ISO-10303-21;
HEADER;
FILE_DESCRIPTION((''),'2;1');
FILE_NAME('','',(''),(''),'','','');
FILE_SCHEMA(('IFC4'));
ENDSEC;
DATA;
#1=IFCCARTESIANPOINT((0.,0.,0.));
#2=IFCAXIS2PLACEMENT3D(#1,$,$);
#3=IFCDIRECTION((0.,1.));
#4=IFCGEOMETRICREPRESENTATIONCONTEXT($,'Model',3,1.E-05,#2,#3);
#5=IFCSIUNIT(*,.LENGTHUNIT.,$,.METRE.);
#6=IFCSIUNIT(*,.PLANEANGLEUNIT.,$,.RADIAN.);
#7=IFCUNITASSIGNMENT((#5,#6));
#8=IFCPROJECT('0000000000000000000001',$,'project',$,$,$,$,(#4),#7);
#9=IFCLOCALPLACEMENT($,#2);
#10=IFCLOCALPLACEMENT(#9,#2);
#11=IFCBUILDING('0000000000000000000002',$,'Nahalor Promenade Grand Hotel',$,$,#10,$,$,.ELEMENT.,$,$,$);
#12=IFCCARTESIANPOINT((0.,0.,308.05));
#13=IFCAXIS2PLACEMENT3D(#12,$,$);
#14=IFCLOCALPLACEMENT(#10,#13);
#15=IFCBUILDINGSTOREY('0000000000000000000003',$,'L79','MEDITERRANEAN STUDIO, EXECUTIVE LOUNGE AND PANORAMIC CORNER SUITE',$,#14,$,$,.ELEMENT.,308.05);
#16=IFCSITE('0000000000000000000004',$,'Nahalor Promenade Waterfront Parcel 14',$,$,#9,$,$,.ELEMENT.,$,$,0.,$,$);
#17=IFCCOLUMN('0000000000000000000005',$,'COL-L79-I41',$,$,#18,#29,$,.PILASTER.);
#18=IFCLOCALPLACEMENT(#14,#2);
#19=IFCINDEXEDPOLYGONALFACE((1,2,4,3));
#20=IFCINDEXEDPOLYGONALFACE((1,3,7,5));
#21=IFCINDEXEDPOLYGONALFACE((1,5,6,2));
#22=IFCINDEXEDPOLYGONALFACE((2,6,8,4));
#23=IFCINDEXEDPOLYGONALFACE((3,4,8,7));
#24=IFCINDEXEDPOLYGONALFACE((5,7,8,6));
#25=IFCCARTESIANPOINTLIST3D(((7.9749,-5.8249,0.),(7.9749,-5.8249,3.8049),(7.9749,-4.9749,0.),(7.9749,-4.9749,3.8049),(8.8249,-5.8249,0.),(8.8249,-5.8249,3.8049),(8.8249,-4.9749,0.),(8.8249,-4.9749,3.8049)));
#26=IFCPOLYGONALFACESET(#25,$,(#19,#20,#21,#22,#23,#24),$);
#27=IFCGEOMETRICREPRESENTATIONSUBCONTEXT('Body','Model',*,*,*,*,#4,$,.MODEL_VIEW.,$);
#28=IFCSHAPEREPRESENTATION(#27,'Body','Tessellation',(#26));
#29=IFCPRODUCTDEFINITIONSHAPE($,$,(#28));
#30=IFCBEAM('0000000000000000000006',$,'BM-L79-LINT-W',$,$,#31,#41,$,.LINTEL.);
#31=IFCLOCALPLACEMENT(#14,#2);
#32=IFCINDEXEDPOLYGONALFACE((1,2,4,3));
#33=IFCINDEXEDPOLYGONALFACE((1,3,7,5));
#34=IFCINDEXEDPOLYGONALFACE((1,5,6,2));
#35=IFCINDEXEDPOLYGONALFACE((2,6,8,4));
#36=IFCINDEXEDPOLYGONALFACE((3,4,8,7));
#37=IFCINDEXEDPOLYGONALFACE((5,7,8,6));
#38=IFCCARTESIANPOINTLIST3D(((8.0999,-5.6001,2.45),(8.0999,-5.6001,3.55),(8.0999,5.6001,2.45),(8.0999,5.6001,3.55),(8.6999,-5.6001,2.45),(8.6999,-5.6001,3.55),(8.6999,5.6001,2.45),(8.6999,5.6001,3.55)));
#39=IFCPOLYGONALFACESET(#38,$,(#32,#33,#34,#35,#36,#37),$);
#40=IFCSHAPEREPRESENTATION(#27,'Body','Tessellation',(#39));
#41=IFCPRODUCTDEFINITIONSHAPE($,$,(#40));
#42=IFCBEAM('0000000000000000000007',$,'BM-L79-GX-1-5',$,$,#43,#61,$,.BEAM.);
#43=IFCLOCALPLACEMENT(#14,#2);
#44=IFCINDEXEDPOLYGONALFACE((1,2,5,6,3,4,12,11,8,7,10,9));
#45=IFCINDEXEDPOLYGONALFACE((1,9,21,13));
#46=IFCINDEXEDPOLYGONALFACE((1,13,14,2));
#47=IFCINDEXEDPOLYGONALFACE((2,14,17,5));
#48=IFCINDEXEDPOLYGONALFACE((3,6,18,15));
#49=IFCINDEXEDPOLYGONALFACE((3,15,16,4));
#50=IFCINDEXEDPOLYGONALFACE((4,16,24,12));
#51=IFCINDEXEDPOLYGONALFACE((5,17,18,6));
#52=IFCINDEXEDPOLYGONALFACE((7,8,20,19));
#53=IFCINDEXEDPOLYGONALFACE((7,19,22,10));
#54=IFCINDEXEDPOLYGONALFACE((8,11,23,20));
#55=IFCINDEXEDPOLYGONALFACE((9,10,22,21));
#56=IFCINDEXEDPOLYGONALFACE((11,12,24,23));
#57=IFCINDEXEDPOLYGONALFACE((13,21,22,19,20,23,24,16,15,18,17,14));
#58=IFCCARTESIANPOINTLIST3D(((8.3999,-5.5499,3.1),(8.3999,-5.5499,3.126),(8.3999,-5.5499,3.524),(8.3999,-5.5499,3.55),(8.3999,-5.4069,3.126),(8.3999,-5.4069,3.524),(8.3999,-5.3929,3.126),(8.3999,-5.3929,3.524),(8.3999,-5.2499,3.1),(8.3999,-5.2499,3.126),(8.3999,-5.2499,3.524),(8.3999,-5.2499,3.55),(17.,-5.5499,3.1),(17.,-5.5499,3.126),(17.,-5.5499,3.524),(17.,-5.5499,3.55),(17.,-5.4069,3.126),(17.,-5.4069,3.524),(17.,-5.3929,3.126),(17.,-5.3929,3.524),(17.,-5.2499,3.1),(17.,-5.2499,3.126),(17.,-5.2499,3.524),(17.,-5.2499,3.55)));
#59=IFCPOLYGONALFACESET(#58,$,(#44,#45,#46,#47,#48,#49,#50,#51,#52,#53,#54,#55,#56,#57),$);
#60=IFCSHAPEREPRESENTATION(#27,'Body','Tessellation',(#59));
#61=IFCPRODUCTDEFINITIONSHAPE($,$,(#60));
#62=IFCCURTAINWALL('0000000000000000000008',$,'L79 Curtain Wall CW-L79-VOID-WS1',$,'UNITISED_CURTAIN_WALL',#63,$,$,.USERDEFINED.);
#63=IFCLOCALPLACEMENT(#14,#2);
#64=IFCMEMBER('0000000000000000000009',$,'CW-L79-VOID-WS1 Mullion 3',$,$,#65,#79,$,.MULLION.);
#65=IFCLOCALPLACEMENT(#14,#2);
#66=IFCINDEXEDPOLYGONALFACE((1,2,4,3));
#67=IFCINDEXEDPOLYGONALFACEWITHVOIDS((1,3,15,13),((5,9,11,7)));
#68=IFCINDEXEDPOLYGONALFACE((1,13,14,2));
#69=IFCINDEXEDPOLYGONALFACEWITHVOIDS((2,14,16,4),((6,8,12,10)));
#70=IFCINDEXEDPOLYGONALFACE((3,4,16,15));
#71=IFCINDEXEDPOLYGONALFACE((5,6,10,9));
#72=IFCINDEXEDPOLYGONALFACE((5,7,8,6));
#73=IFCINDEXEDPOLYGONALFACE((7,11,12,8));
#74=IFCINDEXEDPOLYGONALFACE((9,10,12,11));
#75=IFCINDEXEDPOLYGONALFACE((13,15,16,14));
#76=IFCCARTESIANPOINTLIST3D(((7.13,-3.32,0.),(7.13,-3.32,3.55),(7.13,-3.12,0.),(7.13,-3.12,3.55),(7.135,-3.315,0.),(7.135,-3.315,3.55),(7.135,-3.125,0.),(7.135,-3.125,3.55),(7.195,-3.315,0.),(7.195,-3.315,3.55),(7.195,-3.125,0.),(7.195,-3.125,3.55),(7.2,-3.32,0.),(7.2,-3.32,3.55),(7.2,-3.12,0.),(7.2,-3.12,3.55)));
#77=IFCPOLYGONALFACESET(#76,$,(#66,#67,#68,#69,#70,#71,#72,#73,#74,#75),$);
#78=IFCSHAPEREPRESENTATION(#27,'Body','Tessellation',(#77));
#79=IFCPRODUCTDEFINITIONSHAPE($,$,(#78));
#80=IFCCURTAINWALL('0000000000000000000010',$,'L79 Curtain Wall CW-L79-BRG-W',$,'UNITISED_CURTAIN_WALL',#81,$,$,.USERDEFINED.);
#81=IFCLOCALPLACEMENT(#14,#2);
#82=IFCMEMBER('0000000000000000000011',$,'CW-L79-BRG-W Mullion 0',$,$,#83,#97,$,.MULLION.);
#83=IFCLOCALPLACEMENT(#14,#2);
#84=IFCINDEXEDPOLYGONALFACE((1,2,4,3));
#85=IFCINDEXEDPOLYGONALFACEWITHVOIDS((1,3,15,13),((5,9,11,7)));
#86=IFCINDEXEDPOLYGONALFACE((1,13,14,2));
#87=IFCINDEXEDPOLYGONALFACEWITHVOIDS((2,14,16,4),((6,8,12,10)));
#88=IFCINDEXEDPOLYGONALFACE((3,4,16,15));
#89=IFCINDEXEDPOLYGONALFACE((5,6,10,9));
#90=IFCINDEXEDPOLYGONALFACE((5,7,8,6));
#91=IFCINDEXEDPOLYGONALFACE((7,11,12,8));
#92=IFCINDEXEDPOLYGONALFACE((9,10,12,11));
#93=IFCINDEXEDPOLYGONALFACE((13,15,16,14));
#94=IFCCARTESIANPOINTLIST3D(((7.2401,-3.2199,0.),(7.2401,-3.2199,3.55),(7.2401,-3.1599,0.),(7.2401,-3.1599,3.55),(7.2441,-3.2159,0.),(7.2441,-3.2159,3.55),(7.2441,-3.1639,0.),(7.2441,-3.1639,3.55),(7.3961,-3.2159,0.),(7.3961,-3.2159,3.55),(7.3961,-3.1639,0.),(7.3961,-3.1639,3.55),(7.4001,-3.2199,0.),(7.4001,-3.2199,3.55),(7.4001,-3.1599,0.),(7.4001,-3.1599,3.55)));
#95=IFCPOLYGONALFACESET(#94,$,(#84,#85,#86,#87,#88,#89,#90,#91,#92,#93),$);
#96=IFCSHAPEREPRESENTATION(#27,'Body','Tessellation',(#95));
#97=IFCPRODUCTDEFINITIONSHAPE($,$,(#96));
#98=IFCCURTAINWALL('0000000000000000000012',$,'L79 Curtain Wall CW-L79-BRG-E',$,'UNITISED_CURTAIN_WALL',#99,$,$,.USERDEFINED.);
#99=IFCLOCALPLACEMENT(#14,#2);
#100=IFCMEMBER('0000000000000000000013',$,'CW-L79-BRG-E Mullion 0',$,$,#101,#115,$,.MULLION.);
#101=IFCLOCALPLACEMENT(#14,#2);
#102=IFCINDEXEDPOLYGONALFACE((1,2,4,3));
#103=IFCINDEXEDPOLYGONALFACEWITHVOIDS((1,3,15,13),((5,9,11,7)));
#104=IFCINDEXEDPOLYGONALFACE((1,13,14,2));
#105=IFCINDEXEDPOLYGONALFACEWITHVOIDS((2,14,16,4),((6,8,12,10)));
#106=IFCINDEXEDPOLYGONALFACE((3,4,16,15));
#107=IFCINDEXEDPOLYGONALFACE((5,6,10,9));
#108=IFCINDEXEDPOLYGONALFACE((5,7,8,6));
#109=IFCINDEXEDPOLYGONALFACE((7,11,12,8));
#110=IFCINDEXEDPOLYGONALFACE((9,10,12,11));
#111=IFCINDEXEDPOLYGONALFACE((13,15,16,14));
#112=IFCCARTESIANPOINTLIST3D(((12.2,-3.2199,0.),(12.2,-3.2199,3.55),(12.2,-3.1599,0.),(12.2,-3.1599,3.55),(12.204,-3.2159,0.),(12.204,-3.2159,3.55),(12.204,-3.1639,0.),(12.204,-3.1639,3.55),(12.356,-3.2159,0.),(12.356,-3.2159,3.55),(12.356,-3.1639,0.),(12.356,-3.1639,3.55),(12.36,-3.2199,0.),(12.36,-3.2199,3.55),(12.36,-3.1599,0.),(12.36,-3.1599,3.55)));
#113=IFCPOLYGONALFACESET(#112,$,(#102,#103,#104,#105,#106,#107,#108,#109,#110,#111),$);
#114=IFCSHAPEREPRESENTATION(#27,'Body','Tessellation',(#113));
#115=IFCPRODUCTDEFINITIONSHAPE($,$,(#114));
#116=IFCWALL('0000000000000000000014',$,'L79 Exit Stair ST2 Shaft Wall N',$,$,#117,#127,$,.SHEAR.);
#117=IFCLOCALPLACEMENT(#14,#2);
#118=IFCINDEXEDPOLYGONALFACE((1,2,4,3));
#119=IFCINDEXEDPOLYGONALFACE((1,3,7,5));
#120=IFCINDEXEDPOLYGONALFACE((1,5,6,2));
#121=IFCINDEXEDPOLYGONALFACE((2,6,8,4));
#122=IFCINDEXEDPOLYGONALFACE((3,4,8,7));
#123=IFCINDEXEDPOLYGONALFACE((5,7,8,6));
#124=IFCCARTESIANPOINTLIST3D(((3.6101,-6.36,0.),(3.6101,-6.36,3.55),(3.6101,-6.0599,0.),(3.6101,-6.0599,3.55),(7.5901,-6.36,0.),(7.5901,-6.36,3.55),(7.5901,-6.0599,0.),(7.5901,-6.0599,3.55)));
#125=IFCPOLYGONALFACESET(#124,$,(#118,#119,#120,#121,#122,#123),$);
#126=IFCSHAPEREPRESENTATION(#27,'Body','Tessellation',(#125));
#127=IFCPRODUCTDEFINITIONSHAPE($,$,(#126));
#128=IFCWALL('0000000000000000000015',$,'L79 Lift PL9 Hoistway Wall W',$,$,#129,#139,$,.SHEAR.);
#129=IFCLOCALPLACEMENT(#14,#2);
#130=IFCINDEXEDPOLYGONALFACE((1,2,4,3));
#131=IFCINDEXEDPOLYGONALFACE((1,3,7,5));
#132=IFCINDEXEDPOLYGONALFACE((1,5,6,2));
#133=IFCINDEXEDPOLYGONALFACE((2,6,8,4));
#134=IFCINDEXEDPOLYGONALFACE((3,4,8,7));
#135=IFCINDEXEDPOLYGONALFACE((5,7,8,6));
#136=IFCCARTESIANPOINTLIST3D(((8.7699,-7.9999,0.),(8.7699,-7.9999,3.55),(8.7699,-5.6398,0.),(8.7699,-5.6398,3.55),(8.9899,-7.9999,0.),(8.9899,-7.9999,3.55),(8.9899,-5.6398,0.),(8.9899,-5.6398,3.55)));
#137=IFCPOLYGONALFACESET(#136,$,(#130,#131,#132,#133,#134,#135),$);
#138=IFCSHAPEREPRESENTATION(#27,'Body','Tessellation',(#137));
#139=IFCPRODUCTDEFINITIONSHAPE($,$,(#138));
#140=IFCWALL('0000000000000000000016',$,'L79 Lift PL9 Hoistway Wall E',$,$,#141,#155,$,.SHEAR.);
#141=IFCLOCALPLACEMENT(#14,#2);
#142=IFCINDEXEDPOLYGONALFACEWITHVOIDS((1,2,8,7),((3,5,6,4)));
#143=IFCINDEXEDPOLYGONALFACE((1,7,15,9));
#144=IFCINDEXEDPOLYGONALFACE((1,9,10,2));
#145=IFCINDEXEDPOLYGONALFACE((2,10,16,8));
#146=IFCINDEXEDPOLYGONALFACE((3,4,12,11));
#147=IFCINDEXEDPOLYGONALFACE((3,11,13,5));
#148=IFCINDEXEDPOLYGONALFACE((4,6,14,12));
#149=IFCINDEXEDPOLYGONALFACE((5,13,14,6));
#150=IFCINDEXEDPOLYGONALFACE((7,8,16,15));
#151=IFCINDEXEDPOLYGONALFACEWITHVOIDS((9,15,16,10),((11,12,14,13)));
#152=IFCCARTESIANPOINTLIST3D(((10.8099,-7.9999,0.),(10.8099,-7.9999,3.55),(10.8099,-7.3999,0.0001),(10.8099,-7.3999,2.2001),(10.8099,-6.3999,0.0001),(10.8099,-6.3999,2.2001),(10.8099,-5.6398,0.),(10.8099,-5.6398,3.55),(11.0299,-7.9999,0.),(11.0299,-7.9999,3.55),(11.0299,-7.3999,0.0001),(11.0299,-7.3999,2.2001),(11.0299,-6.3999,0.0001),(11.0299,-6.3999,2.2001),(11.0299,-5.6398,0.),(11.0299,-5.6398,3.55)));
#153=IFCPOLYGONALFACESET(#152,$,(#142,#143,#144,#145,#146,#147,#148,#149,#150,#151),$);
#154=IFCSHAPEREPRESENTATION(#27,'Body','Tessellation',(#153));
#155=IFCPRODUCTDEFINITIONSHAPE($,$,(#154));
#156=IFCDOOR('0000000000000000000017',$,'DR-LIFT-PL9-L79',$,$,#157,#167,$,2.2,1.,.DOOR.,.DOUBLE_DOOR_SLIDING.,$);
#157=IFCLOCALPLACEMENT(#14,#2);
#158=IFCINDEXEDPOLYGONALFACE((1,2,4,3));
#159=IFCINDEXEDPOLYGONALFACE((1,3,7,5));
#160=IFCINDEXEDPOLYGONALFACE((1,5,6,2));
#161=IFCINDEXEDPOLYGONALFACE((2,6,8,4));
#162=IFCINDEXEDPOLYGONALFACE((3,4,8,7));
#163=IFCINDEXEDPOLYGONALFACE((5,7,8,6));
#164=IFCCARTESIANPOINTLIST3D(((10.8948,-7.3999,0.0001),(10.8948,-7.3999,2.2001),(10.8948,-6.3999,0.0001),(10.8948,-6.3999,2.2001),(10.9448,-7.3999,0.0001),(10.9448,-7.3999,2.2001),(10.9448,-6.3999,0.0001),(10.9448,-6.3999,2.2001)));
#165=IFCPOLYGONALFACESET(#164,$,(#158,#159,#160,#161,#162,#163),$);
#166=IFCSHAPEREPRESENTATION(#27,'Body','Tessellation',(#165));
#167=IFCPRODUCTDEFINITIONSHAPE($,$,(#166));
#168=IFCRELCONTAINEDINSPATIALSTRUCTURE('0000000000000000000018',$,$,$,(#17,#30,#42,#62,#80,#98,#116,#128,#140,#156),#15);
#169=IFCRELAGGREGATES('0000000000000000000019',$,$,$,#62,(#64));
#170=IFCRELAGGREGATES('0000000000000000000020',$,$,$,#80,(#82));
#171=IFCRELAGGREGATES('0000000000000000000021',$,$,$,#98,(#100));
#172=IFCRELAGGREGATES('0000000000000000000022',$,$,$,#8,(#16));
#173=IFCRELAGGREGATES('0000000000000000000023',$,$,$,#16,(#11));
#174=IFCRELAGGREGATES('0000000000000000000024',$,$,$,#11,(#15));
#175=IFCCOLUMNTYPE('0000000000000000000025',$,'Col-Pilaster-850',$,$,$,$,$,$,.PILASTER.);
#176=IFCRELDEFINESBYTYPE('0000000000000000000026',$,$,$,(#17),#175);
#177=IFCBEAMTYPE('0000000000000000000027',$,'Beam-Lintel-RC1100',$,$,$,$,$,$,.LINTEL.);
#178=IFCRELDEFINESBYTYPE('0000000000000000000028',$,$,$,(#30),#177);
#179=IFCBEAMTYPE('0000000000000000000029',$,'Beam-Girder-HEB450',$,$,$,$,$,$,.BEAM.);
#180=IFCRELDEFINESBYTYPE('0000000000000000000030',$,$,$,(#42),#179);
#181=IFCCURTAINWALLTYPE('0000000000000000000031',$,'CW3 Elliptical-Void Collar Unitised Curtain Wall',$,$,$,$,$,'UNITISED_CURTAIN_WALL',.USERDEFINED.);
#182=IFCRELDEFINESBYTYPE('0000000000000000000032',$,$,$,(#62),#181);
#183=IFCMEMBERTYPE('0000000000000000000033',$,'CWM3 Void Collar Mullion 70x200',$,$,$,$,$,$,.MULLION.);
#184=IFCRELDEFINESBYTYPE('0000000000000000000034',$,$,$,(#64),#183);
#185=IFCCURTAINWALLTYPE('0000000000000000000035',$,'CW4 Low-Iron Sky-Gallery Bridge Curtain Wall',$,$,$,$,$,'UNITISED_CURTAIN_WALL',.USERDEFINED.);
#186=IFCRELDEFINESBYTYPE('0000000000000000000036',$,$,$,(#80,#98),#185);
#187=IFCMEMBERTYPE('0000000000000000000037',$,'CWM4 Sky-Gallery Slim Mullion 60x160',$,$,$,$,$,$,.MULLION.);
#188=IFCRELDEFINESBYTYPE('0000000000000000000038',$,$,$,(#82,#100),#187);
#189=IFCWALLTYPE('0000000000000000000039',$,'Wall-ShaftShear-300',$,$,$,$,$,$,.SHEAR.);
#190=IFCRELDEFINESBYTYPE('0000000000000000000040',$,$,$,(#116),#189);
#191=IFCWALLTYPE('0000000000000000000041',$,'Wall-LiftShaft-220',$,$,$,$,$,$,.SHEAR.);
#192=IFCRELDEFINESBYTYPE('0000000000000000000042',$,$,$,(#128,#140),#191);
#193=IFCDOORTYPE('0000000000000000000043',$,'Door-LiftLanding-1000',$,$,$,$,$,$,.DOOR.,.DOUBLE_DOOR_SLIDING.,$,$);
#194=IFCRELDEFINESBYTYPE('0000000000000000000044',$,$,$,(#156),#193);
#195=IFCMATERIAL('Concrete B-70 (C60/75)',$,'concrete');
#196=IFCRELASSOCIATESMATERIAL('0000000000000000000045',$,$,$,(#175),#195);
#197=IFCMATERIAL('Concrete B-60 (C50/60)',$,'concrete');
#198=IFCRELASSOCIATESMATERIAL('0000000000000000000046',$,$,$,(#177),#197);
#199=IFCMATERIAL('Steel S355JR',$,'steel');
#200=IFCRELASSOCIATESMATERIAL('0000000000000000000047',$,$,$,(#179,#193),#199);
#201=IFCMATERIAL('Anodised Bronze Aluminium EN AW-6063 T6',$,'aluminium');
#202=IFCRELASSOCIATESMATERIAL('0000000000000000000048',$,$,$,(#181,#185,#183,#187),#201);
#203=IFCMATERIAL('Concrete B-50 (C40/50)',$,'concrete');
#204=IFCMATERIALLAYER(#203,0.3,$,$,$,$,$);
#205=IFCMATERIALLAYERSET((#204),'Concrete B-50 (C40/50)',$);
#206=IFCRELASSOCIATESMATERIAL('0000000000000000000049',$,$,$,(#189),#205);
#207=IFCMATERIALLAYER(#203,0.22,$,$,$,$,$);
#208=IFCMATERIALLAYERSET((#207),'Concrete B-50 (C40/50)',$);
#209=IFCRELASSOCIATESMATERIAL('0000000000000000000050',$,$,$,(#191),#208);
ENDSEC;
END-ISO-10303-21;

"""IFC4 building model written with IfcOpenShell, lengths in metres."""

from ifc_helpers import new_model, si_unit, direction, frame, frame_2d, origin, origin_2d, place, context, subcontext, project, spatial, rectangle, hollow_rectangle, i_section, extrude, source, transform, mapped, material, layer, layer_set, material_profile, profile_set, type_object, element, fill, aggregate, save


model = new_model("IFC4")

# Units and contexts
model_context = context("Model", 3, precision=1e-05, world=origin(), true_north=direction((0.0, 1.0)))
body_context = subcontext(model_context, "Body", "Model", "MODEL_VIEW")
ifc_project = project(units=[si_unit("LENGTHUNIT", "METRE"), si_unit("PLANEANGLEUNIT", "RADIAN")], contexts=[model_context])

# Site, building, storey
site_placement = place(None, origin())
site = spatial("IfcSite", under=ifc_project, at=site_placement, Name="Nahalor Promenade Waterfront Parcel 14", CompositionType="ELEMENT", RefElevation=0.0)
building_placement = place(site_placement, origin())
building = spatial("IfcBuilding", under=site, at=building_placement, Name="Nahalor Promenade Grand Hotel", CompositionType="ELEMENT")
storey_placement = place(building_placement, frame((0.0, 0.0, 308.05)))
storey = spatial("IfcBuildingStorey", under=building, at=storey_placement, Name="L79", Description="MEDITERRANEAN STUDIO, EXECUTIVE LOUNGE AND PANORAMIC CORNER SUITE", CompositionType="ELEMENT", Elevation=308.05)

# Column
ifc_material_1 = material(Name="Concrete B-70 (C60/75)", Category="concrete")
ifc_material_profile_1 = material_profile(ifc_material_1, rectangle(XDim=0.85, YDim=0.85, at=origin_2d()), Name="RC 850x850")
ifc_profile_set_1 = profile_set([ifc_material_profile_1], Name="Concrete B-70 (C60/75)")
column_type = type_object("IfcColumnType", Name="Col-Pilaster-850", PredefinedType="PILASTER", material=ifc_profile_set_1)
shared_shape_1 = source(origin(), body_context, "Body", "SweptSolid", [
    extrude(rectangle(XDim=0.85, YDim=0.85, at=origin_2d()), origin(), (0.0, 0.0, 1.0), 3.8049),
])
column_placement = place(storey_placement, frame((8.3999, -5.3999, 0.0), z_axis=(0.0, 0.0, 1.0), x_axis=(1.0, 0.0, 0.0)))
element("IfcColumn", 1, at=column_placement, inside=storey, type_object=column_type, Name="COL-L79-I41", PredefinedType="PILASTER", context=body_context, shape_type="MappedRepresentation", body=[
    mapped(shared_shape_1, transform((0.0, 0.0, 0.0), scale=1.0)),
])

# Beams
ifc_material_2 = material(Name="Concrete B-60 (C50/60)", Category="concrete")
ifc_material_profile_2 = material_profile(ifc_material_2, rectangle(XDim=0.6, YDim=1.1, at=origin_2d()), Name="RC 600x1100")
ifc_profile_set_2 = profile_set([ifc_material_profile_2], Name="Concrete B-60 (C50/60)")
beam_type_1 = type_object("IfcBeamType", Name="Beam-Lintel-RC1100", PredefinedType="LINTEL", material=ifc_profile_set_2)
shared_shape_2 = source(origin(), body_context, "Body", "SweptSolid", [
    extrude(rectangle(XDim=0.6, YDim=1.1, at=origin_2d()), origin(), (0.0, 0.0, 1.0), 11.2002),
])
beam_1_placement = place(storey_placement, frame((8.3999, -5.6001, 3.0), z_axis=(0.0, 1.0, 0.0), x_axis=(-1.0, 0.0, 0.0)))
element("IfcBeam", 2, at=beam_1_placement, inside=storey, type_object=beam_type_1, Name="BM-L79-LINT-W", PredefinedType="LINTEL", context=body_context, shape_type="MappedRepresentation", body=[
    mapped(shared_shape_2, transform((0.0, 0.0, 0.0), scale=1.0)),
])
ifc_material_3 = material(Name="Steel S355JR", Category="steel")
ifc_material_profile_3 = material_profile(ifc_material_3, i_section(OverallWidth=0.3, OverallDepth=0.45, WebThickness=0.014, FlangeThickness=0.026, at=origin_2d()), Name="HEB 450")
ifc_profile_set_3 = profile_set([ifc_material_profile_3], Name="Steel S355JR")
beam_type_2 = type_object("IfcBeamType", Name="Beam-Girder-HEB450", PredefinedType="BEAM", material=ifc_profile_set_3)
shared_shape_3 = source(origin(), body_context, "Body", "SweptSolid", [
    extrude(i_section(OverallWidth=0.3, OverallDepth=0.45, WebThickness=0.014, FlangeThickness=0.026, at=origin_2d()), origin(), (0.0, 0.0, 1.0), 8.6001),
])
beam_2_placement = place(storey_placement, frame((8.3999, -5.3999, 3.325), z_axis=(1.0, 0.0, 0.0), x_axis=(0.0, 1.0, 0.0)))
element("IfcBeam", 3, at=beam_2_placement, inside=storey, type_object=beam_type_2, Name="BM-L79-GX-1-5", PredefinedType="BEAM", context=body_context, shape_type="MappedRepresentation", body=[
    mapped(shared_shape_3, transform((0.0, 0.0, 0.0), scale=1.0)),
])

# Curtain walls, members
ifc_material_4 = material(Name="Anodised Bronze Aluminium EN AW-6063 T6", Category="aluminium")
curtain_wall_type_1 = type_object("IfcCurtainWallType", Name="CW3 Elliptical-Void Collar Unitised Curtain Wall", ElementType="UNITISED_CURTAIN_WALL", PredefinedType="USERDEFINED", material=ifc_material_4)
curtain_wall_1_placement = place(storey_placement, origin())
curtain_wall_1 = element("IfcCurtainWall", 4, at=curtain_wall_1_placement, inside=storey, type_object=curtain_wall_type_1, Name="L79 Curtain Wall CW-L79-VOID-WS1", ObjectType="UNITISED_CURTAIN_WALL", PredefinedType="USERDEFINED")
ifc_material_profile_4 = material_profile(ifc_material_4, hollow_rectangle(XDim=0.07, YDim=0.2, WallThickness=0.005, at=origin_2d()), Name="CWM 70x200x5")
ifc_profile_set_4 = profile_set([ifc_material_profile_4], Name="Anodised Bronze Aluminium EN AW-6063 T6")
member_type_1 = type_object("IfcMemberType", Name="CWM3 Void Collar Mullion 70x200", PredefinedType="MULLION", material=ifc_profile_set_4)
shared_shape_4 = source(origin(), body_context, "Body", "SweptSolid", [
    extrude(hollow_rectangle(XDim=0.07, YDim=0.2, WallThickness=0.005, at=origin_2d()), origin(), (0.0, 0.0, 1.0), 3.55),
])
member_1_placement = place(storey_placement, frame((7.165, -3.22, 0.0), z_axis=(0.0, 0.0, 1.0), x_axis=(1.0, 0.0, 0.0)))
member_1 = element("IfcMember", 5, at=member_1_placement, type_object=member_type_1, Name="CW-L79-VOID-WS1 Mullion 3", PredefinedType="MULLION", context=body_context, shape_type="MappedRepresentation", body=[
    mapped(shared_shape_4, transform((0.0, 0.0, 0.0), scale=1.0)),
])
aggregate(curtain_wall_1, [member_1])
curtain_wall_type_2 = type_object("IfcCurtainWallType", Name="CW4 Low-Iron Sky-Gallery Bridge Curtain Wall", ElementType="UNITISED_CURTAIN_WALL", PredefinedType="USERDEFINED", material=ifc_material_4)
curtain_wall_2_placement = place(storey_placement, origin())
curtain_wall_2 = element("IfcCurtainWall", 6, at=curtain_wall_2_placement, inside=storey, type_object=curtain_wall_type_2, Name="L79 Curtain Wall CW-L79-BRG-W", ObjectType="UNITISED_CURTAIN_WALL", PredefinedType="USERDEFINED")
ifc_material_profile_5 = material_profile(ifc_material_4, hollow_rectangle(XDim=0.06, YDim=0.16, WallThickness=0.004, at=origin_2d()), Name="CWM 60x160x4")
ifc_profile_set_5 = profile_set([ifc_material_profile_5], Name="Anodised Bronze Aluminium EN AW-6063 T6")
member_type_2 = type_object("IfcMemberType", Name="CWM4 Sky-Gallery Slim Mullion 60x160", PredefinedType="MULLION", material=ifc_profile_set_5)
shared_shape_5 = source(origin(), body_context, "Body", "SweptSolid", [
    extrude(hollow_rectangle(XDim=0.06, YDim=0.16, WallThickness=0.004, at=origin_2d()), origin(), (0.0, 0.0, 1.0), 3.55),
])
member_2_placement = place(storey_placement, frame((7.3201, -3.1899, 0.0), z_axis=(0.0, 0.0, 1.0), x_axis=(0.0, 1.0, 0.0)))
member_2 = element("IfcMember", 7, at=member_2_placement, type_object=member_type_2, Name="CW-L79-BRG-W Mullion 0", PredefinedType="MULLION", context=body_context, shape_type="MappedRepresentation", body=[
    mapped(shared_shape_5, transform((0.0, 0.0, 0.0), scale=1.0)),
])
aggregate(curtain_wall_2, [member_2])
curtain_wall_3_placement = place(storey_placement, origin())
curtain_wall_3 = element("IfcCurtainWall", 8, at=curtain_wall_3_placement, inside=storey, type_object=curtain_wall_type_2, Name="L79 Curtain Wall CW-L79-BRG-E", ObjectType="UNITISED_CURTAIN_WALL", PredefinedType="USERDEFINED")
member_3_placement = place(storey_placement, frame((12.28, -3.1899, 0.0), z_axis=(0.0, 0.0, 1.0), x_axis=(0.0, 1.0, 0.0)))
member_3 = element("IfcMember", 9, at=member_3_placement, type_object=member_type_2, Name="CW-L79-BRG-E Mullion 0", PredefinedType="MULLION", context=body_context, shape_type="MappedRepresentation", body=[
    mapped(shared_shape_5, transform((0.0, 0.0, 0.0), scale=1.0)),
])
aggregate(curtain_wall_3, [member_3])

# Walls
ifc_material_5 = material(Name="Concrete B-50 (C40/50)", Category="concrete")
ifc_layer_1 = layer(ifc_material_5, 0.3)
ifc_layer_set_1 = layer_set([ifc_layer_1], Name="Concrete B-50 (C40/50)")
wall_type_1 = type_object("IfcWallType", Name="Wall-ShaftShear-300", PredefinedType="SHEAR", material=ifc_layer_set_1)
shared_shape_6 = source(origin(), body_context, "Body", "SweptSolid", [
    extrude(rectangle(XDim=3.98, YDim=0.3, at=frame_2d((1.99, 0.0))), origin(), (0.0, 0.0, 1.0), 3.55),
])
wall_1_placement = place(storey_placement, frame((3.6101, -6.21, 0.0), z_axis=(0.0, 0.0, 1.0), x_axis=(1.0, 0.0, 0.0)))
element("IfcWall", 10, at=wall_1_placement, inside=storey, type_object=wall_type_1, Name="L79 Exit Stair ST2 Shaft Wall N", PredefinedType="SHEAR", context=body_context, shape_type="MappedRepresentation", body=[
    mapped(shared_shape_6, transform((0.0, 0.0, 0.0), scale=1.0)),
])
ifc_layer_2 = layer(ifc_material_5, 0.22)
ifc_layer_set_2 = layer_set([ifc_layer_2], Name="Concrete B-50 (C40/50)")
wall_type_2 = type_object("IfcWallType", Name="Wall-LiftShaft-220", PredefinedType="SHEAR", material=ifc_layer_set_2)
shared_shape_7 = source(origin(), body_context, "Body", "SweptSolid", [
    extrude(rectangle(XDim=2.3601, YDim=0.22, at=frame_2d((1.1802, 0.0))), origin(), (0.0, 0.0, 1.0), 3.55),
])
wall_2_placement = place(storey_placement, frame((8.8799, -8.0, 0.0), z_axis=(0.0, 0.0, 1.0), x_axis=(0.0, 1.0, 0.0)))
element("IfcWall", 11, at=wall_2_placement, inside=storey, type_object=wall_type_2, Name="L79 Lift PL9 Hoistway Wall W", PredefinedType="SHEAR", context=body_context, shape_type="MappedRepresentation", body=[
    mapped(shared_shape_7, transform((0.0, 0.0, 0.0), scale=1.0)),
])

# Wall, opening, door
wall_3_placement = place(storey_placement, frame((10.9199, -8.0, 0.0), z_axis=(0.0, 0.0, 1.0), x_axis=(0.0, 1.0, 0.0)))
wall_3 = element("IfcWall", 12, at=wall_3_placement, inside=storey, type_object=wall_type_2, Name="L79 Lift PL9 Hoistway Wall E", PredefinedType="SHEAR", context=body_context, shape_type="MappedRepresentation", body=[
    mapped(shared_shape_7, transform((0.0, 0.0, 0.0), scale=1.0)),
])
opening_1_placement = place(wall_3_placement, frame((0.6001, 0.0, 0.0)))
opening_1 = element("IfcOpeningElement", 13, at=opening_1_placement, cuts=wall_3, PredefinedType="OPENING", context=body_context, shape_type="SweptSolid", body=[
    extrude(rectangle(XDim=1.0, YDim=2.2, at=frame_2d((0.5, 1.1001))), frame((0.0, 0.1199, 0.0), z_axis=(0.0, -1.0, 0.0), x_axis=(1.0, 0.0, 0.0)), (0.0, 0.0, 1.0), 0.24),
])
door_type = type_object("IfcDoorType", Name="Door-LiftLanding-1000", OperationType="DOUBLE_DOOR_SLIDING", PredefinedType="DOOR", material=ifc_material_3)
shared_shape_8 = source(origin(), body_context, "Body", "SweptSolid", [
    extrude(rectangle(XDim=1.0, YDim=2.2, at=frame_2d((0.5, 1.1001))), frame((0.0, 0.0249, 0.0), z_axis=(0.0, -1.0, 0.0), x_axis=(1.0, 0.0, 0.0)), (0.0, 0.0, 1.0), 0.05),
])
door_1_placement = place(opening_1_placement, frame((1.0, 0.0, 0.0), z_axis=(0.0, 0.0, 1.0), x_axis=(-1.0, 0.0, 0.0)))
door_1 = element("IfcDoor", 14, at=door_1_placement, inside=storey, type_object=door_type, Name="DR-LIFT-PL9-L79", OperationType="DOUBLE_DOOR_SLIDING", OverallHeight=2.2, OverallWidth=1.0, PredefinedType="DOOR", context=body_context, shape_type="MappedRepresentation", body=[
    mapped(shared_shape_8, transform((0.0, 0.0, 0.0), scale=1.0)),
])
fill(opening_1, door_1)

save(model, "model.ifc")
